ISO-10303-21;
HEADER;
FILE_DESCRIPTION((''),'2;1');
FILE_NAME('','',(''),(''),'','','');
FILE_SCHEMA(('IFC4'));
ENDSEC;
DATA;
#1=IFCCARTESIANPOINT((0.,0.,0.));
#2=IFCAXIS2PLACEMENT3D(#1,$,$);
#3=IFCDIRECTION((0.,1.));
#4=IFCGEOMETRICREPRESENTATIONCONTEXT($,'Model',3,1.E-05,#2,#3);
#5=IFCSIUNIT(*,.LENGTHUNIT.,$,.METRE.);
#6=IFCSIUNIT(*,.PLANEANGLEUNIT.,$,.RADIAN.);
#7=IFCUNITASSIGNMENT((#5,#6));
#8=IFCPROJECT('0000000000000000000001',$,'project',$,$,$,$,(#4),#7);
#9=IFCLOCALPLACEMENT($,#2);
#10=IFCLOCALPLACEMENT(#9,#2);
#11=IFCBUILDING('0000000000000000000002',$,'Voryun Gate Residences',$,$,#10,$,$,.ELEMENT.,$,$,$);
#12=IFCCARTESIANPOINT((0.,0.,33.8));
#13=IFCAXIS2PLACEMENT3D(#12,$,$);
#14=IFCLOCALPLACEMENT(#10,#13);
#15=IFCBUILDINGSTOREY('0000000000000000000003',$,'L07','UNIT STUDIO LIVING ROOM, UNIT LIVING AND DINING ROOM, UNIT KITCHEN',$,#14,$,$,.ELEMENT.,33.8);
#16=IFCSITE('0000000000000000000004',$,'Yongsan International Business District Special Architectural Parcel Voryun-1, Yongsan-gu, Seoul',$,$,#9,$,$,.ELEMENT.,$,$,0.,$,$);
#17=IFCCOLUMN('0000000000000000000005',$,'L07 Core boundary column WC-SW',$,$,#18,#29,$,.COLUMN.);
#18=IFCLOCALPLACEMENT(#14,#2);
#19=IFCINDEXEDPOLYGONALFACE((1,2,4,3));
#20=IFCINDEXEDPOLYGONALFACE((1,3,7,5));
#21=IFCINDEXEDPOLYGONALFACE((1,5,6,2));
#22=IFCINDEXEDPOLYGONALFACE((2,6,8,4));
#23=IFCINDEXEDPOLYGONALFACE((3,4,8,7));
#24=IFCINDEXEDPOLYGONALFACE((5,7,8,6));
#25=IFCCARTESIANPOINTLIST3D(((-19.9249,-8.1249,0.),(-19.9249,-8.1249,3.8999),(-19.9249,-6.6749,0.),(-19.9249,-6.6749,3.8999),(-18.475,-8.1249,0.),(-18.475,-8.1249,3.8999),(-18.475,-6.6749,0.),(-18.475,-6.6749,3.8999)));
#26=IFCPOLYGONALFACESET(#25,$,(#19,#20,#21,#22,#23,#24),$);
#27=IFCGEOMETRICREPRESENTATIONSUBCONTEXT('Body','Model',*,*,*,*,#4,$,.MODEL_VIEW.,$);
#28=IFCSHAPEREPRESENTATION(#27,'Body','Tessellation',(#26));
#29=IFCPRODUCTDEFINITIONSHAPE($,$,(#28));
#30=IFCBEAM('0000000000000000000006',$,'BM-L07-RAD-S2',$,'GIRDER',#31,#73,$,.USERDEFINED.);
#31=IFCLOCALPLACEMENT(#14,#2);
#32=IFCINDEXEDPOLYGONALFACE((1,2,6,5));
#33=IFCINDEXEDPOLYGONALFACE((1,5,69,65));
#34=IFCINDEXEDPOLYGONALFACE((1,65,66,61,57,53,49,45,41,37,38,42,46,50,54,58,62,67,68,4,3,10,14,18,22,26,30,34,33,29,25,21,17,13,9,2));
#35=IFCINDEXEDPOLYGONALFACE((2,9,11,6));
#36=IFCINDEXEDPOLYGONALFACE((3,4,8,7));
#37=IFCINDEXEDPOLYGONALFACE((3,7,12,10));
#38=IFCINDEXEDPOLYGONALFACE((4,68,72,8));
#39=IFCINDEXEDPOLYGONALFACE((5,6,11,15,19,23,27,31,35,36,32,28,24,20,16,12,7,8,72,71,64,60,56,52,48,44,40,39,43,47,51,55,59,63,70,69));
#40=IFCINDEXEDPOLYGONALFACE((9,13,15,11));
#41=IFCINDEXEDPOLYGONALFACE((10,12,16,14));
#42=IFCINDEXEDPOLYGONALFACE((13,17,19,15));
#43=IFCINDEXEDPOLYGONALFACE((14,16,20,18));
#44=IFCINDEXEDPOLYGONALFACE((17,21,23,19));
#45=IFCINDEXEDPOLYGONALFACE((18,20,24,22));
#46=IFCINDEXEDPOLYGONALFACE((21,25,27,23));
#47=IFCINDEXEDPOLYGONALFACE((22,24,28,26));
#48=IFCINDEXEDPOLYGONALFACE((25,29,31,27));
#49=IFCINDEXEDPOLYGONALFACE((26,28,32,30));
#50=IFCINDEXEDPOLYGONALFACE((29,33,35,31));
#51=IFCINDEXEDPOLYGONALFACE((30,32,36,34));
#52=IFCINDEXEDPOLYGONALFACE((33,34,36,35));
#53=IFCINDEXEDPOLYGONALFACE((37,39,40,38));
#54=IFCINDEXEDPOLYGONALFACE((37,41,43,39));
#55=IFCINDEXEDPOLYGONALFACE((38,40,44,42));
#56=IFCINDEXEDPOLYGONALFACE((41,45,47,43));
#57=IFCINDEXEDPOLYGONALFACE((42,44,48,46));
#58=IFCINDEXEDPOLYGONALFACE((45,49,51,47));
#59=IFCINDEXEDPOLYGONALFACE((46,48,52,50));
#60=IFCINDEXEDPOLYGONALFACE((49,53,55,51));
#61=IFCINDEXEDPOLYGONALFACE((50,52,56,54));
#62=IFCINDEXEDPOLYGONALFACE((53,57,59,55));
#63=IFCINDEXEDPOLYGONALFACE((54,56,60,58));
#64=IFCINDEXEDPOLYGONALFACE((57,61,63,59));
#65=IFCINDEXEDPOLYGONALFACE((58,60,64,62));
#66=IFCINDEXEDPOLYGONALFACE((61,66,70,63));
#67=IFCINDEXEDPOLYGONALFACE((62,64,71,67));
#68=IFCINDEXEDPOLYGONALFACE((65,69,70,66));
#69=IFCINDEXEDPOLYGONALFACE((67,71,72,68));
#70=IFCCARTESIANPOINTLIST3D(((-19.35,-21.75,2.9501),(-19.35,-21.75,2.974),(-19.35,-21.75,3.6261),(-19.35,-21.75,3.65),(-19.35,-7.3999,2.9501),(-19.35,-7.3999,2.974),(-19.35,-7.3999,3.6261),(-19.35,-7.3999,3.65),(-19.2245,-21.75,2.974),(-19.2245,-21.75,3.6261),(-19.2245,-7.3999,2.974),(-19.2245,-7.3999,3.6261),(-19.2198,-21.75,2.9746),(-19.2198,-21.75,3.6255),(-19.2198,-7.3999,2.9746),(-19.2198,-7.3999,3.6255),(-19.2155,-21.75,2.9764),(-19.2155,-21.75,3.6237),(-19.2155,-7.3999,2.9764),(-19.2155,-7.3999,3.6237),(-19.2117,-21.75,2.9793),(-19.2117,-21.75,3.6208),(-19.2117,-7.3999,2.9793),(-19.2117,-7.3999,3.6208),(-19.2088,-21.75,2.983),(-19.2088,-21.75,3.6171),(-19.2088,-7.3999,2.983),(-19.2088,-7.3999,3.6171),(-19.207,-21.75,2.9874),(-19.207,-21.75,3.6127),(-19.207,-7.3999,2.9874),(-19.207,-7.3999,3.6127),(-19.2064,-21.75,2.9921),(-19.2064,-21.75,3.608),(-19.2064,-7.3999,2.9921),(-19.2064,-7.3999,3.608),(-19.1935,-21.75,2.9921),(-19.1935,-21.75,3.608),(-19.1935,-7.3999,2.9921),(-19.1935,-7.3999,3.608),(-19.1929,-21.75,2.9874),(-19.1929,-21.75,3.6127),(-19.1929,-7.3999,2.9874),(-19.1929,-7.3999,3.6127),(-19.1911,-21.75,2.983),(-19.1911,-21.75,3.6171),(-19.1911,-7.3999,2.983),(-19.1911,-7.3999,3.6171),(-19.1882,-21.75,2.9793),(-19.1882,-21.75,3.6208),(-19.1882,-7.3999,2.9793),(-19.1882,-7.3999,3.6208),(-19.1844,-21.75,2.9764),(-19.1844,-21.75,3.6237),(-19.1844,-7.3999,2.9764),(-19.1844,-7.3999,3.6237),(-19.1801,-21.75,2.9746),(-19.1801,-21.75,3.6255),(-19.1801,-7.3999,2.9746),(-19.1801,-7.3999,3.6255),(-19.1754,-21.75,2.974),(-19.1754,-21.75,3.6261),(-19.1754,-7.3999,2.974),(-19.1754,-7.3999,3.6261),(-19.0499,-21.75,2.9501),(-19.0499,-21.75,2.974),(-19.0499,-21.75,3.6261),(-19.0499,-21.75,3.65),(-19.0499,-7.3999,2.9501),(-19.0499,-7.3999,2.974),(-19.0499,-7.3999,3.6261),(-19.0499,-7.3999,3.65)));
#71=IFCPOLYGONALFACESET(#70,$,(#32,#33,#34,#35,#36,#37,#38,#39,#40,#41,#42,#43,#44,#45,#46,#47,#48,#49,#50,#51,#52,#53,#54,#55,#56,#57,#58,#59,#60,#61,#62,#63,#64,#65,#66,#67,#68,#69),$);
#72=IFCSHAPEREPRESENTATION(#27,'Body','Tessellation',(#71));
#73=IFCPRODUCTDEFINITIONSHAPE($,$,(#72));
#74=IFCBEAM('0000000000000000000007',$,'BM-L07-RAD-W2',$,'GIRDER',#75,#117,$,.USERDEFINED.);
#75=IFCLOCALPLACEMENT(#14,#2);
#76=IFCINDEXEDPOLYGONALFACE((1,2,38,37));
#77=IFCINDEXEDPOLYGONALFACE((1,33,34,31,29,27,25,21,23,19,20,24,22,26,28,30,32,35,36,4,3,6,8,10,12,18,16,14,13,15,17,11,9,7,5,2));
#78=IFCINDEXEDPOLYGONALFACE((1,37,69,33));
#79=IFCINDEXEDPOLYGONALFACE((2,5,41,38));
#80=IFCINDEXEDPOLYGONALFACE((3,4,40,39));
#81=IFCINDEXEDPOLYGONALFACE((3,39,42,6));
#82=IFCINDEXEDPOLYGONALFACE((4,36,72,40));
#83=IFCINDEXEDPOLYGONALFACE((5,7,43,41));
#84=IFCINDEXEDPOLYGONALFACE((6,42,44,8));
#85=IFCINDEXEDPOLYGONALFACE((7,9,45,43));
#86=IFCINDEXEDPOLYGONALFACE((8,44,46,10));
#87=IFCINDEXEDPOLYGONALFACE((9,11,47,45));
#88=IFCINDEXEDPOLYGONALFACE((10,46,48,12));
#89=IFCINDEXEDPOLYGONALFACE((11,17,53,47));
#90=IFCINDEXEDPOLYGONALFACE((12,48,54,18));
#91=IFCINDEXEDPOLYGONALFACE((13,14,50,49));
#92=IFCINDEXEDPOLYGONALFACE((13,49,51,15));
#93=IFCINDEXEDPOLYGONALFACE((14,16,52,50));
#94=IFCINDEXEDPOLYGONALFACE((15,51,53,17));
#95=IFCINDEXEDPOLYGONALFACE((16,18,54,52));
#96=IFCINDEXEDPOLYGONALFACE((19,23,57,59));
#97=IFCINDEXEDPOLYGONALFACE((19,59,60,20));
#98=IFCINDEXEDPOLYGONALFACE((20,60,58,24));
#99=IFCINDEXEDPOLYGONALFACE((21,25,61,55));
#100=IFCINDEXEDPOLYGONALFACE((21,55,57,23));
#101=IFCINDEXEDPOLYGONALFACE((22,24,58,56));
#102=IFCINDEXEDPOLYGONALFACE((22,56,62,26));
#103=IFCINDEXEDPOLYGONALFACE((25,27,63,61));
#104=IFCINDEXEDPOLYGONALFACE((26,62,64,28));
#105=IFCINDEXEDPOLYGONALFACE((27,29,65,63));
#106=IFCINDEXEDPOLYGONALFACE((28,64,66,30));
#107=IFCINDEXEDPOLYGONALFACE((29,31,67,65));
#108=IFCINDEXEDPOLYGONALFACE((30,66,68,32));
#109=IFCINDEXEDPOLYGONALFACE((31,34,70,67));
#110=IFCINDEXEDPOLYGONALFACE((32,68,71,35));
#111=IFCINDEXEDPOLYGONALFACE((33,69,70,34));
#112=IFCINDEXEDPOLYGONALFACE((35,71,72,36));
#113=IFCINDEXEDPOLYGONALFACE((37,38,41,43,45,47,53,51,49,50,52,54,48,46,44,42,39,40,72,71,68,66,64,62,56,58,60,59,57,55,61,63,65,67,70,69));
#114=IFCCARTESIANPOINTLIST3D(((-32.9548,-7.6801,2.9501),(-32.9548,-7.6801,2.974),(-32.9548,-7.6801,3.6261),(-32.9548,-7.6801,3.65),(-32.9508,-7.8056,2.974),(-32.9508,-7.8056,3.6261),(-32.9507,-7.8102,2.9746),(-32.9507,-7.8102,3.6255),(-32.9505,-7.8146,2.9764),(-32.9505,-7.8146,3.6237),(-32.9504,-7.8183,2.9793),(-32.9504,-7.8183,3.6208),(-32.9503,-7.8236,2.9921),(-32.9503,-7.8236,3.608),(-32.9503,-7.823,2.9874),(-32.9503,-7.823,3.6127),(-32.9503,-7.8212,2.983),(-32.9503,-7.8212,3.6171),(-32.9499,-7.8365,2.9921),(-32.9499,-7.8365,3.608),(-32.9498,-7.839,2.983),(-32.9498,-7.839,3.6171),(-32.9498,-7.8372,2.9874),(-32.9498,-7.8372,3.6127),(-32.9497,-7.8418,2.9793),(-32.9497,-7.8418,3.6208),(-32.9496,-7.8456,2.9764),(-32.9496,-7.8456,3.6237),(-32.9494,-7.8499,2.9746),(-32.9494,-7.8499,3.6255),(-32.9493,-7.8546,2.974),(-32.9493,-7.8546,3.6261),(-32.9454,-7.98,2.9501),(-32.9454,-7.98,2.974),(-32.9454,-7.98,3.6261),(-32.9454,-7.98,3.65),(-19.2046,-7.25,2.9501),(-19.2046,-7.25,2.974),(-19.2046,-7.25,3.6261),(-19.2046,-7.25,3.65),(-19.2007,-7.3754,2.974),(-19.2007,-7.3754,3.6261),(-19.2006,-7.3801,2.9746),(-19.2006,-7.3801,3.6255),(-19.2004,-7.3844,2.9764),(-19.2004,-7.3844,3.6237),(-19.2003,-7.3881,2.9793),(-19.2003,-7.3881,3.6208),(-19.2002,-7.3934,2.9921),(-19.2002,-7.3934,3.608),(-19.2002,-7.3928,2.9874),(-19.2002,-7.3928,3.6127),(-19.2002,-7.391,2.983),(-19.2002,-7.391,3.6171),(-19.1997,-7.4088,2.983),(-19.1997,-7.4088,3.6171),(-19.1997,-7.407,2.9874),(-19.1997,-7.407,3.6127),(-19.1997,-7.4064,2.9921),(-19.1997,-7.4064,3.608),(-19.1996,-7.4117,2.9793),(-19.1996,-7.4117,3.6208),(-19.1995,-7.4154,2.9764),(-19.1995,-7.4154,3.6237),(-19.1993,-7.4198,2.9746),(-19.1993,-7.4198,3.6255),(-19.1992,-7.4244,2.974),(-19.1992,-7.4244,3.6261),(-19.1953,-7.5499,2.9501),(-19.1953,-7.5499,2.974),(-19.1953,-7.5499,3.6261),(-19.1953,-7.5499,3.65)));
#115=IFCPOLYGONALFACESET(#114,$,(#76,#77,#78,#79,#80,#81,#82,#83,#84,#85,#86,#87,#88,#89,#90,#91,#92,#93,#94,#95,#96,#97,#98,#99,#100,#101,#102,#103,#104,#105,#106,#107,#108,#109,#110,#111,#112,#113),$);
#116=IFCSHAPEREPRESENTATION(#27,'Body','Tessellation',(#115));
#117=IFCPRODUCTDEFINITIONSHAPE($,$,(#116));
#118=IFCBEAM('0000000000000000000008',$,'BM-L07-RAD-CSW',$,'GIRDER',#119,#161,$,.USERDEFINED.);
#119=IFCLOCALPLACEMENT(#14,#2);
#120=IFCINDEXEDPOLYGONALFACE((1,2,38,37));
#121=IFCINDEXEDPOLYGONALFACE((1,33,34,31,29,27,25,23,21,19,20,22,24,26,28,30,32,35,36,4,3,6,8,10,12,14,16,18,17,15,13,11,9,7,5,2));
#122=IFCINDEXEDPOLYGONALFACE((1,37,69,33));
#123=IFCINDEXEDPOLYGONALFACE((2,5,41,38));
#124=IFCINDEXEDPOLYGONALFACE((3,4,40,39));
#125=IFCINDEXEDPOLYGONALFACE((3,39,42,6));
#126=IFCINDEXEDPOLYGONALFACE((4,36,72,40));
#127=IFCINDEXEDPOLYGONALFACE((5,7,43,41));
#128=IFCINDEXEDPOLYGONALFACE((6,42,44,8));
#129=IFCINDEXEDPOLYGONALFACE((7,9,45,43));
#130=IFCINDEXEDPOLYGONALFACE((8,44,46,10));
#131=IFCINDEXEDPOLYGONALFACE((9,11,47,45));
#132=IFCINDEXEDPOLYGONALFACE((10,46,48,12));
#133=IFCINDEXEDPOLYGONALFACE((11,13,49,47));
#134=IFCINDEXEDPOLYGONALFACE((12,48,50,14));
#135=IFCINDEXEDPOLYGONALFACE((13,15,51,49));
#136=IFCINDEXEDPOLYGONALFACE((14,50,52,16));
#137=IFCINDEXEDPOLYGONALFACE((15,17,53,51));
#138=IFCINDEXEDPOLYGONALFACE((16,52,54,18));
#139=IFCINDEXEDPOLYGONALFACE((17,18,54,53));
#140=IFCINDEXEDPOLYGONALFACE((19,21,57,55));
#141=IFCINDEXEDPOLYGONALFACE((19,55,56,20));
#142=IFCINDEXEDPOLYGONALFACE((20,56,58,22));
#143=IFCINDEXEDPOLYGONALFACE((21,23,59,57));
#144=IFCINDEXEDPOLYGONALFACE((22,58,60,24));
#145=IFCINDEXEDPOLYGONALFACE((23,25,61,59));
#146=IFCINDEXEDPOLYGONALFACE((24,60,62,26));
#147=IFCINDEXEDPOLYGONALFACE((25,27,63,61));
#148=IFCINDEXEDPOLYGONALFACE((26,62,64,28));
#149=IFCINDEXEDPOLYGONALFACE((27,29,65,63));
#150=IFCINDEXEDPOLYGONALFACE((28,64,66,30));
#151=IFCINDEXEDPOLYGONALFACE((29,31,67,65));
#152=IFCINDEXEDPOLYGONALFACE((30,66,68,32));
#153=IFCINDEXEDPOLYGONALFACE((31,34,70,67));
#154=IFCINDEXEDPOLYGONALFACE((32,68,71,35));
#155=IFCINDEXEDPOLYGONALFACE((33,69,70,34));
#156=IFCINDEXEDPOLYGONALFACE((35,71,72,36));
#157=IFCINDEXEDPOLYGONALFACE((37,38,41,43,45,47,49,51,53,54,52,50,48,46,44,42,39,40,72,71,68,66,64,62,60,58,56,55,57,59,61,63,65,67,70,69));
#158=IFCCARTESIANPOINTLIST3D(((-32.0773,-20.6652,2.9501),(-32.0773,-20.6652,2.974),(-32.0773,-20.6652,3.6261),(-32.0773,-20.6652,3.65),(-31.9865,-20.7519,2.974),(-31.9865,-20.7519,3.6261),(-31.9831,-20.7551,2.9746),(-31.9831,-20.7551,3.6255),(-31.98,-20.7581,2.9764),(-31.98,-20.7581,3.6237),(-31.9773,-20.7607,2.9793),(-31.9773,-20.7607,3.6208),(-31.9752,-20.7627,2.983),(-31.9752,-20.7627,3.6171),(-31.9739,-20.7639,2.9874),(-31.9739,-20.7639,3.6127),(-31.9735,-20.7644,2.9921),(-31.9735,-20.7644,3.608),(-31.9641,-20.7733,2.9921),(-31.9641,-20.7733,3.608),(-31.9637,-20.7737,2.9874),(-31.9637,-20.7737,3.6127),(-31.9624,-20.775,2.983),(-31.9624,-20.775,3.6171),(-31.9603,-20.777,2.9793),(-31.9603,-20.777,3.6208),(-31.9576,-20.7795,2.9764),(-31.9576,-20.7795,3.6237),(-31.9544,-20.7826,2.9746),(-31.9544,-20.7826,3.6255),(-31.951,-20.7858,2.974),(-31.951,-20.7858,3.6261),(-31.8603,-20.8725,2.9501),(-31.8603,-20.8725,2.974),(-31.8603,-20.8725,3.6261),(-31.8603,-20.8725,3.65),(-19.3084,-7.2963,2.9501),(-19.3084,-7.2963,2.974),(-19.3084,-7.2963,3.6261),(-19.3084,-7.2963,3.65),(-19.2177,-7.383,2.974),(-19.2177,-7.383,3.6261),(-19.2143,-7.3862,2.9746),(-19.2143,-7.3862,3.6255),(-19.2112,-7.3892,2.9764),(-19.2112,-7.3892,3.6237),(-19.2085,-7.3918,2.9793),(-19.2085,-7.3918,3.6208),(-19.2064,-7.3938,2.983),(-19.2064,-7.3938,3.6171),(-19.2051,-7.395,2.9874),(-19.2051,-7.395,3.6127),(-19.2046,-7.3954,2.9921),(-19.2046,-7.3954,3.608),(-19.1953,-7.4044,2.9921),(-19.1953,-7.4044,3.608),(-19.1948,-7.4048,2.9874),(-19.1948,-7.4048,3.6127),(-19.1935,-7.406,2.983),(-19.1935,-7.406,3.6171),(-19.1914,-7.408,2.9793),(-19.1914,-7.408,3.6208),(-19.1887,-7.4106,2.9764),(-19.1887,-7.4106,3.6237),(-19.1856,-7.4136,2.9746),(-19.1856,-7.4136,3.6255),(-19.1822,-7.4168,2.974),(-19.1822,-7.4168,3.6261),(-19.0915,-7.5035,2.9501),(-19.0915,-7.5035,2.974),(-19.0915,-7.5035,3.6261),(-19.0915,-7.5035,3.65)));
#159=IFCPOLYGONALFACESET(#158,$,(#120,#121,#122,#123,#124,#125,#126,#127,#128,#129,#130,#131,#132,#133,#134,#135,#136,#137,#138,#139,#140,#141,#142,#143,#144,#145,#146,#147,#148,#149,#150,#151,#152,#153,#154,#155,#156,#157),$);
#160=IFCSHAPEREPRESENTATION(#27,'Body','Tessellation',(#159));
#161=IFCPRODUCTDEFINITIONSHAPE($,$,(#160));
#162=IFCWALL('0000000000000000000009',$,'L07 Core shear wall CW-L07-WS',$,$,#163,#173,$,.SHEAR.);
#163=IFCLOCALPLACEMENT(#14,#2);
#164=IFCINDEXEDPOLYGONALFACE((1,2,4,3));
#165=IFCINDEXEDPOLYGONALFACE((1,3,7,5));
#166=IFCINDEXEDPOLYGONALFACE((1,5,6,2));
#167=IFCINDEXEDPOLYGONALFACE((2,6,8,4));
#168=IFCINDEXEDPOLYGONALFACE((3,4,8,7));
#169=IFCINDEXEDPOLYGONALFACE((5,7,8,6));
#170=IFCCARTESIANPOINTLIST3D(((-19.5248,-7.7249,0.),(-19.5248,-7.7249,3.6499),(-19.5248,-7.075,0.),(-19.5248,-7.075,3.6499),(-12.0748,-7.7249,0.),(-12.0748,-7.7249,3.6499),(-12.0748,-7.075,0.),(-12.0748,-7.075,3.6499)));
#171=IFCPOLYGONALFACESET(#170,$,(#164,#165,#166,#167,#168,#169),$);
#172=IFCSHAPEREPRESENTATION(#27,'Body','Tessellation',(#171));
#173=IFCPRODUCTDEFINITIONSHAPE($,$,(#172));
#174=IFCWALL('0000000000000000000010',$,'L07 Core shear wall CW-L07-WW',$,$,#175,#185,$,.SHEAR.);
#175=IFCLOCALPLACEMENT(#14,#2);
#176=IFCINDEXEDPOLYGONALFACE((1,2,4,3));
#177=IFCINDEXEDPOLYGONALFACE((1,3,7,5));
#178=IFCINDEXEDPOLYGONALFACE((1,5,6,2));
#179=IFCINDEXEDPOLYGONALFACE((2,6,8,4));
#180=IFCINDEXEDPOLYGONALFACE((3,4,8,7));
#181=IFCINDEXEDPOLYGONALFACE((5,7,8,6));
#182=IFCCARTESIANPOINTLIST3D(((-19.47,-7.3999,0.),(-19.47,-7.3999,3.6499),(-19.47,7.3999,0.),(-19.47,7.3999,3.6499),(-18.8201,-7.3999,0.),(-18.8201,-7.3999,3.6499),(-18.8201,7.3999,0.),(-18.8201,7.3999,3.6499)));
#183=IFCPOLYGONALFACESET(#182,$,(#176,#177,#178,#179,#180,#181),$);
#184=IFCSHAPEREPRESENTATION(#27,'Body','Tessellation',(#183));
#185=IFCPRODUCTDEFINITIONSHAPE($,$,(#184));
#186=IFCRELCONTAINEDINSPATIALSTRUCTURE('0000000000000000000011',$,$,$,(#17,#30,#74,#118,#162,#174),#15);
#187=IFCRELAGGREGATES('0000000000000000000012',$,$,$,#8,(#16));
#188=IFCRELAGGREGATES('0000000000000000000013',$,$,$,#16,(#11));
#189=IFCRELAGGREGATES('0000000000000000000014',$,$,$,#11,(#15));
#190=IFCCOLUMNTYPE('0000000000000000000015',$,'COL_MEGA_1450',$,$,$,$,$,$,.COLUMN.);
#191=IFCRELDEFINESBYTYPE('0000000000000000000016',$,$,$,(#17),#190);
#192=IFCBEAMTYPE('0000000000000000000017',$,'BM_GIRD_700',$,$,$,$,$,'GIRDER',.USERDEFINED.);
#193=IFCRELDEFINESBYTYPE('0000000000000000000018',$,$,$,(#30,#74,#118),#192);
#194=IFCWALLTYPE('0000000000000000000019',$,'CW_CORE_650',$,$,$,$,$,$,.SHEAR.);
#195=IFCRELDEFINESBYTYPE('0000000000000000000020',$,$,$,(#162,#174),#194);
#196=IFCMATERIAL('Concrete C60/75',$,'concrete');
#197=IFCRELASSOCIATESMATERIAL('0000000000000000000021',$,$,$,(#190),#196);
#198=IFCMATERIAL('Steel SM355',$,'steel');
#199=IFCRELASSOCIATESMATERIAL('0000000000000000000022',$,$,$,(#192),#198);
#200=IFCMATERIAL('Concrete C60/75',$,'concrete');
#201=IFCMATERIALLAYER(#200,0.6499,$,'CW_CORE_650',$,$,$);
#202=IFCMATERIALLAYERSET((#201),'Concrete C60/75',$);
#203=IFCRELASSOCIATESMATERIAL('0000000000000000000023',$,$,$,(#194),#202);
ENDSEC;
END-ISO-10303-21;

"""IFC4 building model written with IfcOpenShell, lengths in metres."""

from ifc_helpers import new_model, si_unit, direction, frame, frame_2d, origin, origin_2d, place, context, subcontext, project, spatial, rectangle, i_section, extrude, material, layer, layer_set, material_profile, profile_set, type_object, element, save


model = new_model("IFC4")

# Units and contexts
model_context = context("Model", 3, precision=1e-05, world=origin(), true_north=direction((0.0, 1.0)))
body_context = subcontext(model_context, "Body", "Model", "MODEL_VIEW")
ifc_project = project(units=[si_unit("LENGTHUNIT", "METRE"), si_unit("PLANEANGLEUNIT", "RADIAN")], contexts=[model_context])

# Site, building, storey
site_placement = place(None, origin())
site = spatial("IfcSite", under=ifc_project, at=site_placement, Name="Yongsan International Business District Special Architectural Parcel Voryun-1, Yongsan-gu, Seoul", CompositionType="ELEMENT", RefElevation=0.0)
building_placement = place(site_placement, origin())
building = spatial("IfcBuilding", under=site, at=building_placement, Name="Voryun Gate Residences", CompositionType="ELEMENT")
storey_placement = place(building_placement, frame((0.0, 0.0, 33.8)))
storey = spatial("IfcBuildingStorey", under=building, at=storey_placement, Name="L07", Description="UNIT STUDIO LIVING ROOM, UNIT LIVING AND DINING ROOM, UNIT KITCHEN", CompositionType="ELEMENT", Elevation=33.8)

# Column
ifc_material_1 = material(Name="Concrete C60/75", Category="concrete")
ifc_material_profile_1 = material_profile(ifc_material_1, rectangle(XDim=1.45, YDim=1.45, at=origin_2d()), Name="RC-1450x1450")
ifc_profile_set_1 = profile_set([ifc_material_profile_1], Name="Concrete C60/75")
column_type = type_object("IfcColumnType", Name="COL_MEGA_1450", PredefinedType="COLUMN", material=ifc_profile_set_1)
column_placement = place(storey_placement, frame((-19.2, -7.3999, 0.0), z_axis=(0.0, 0.0, 1.0), x_axis=(1.0, 0.0, 0.0)))
element("IfcColumn", 1, at=column_placement, inside=storey, type_object=column_type, Name="L07 Core boundary column WC-SW", PredefinedType="COLUMN", context=body_context, shape_type="SweptSolid", body=[
    extrude(rectangle(XDim=1.45, YDim=1.45, at=origin_2d()), origin(), (0.0, 0.0, 1.0), 3.8999),
])

# Beams
ifc_material_2 = material(Name="Steel SM355", Category="steel")
ifc_material_profile_2 = material_profile(ifc_material_2, i_section(OverallWidth=0.3, OverallDepth=0.7, WebThickness=0.0129, FlangeThickness=0.0239, FilletRadius=0.0181, at=origin_2d()), Name="H-700x300x13x24")
ifc_profile_set_2 = profile_set([ifc_material_profile_2], Name="Steel SM355")
beam_type = type_object("IfcBeamType", Name="BM_GIRD_700", ElementType="GIRDER", PredefinedType="USERDEFINED", material=ifc_profile_set_2)
beam_1_placement = place(storey_placement, frame((-19.2, -7.3999, 3.3), z_axis=(0.0, -1.0, 0.0), x_axis=(1.0, 0.0, 0.0)))
element("IfcBeam", 2, at=beam_1_placement, inside=storey, type_object=beam_type, Name="BM-L07-RAD-S2", ObjectType="GIRDER", PredefinedType="USERDEFINED", context=body_context, shape_type="SweptSolid", body=[
    extrude(i_section(OverallWidth=0.3, OverallDepth=0.7, WebThickness=0.0129, FlangeThickness=0.0239, FilletRadius=0.0181, at=origin_2d()), origin(), (0.0, 0.0, 1.0), 14.3501),
])
beam_2_placement = place(storey_placement, frame((-19.2, -7.3999, 3.3), z_axis=(-0.999511, -0.03127, 0.0), x_axis=(0.03127, -0.999511, 0.0)))
element("IfcBeam", 3, at=beam_2_placement, inside=storey, type_object=beam_type, Name="BM-L07-RAD-W2", ObjectType="GIRDER", PredefinedType="USERDEFINED", context=body_context, shape_type="SweptSolid", body=[
    extrude(i_section(OverallWidth=0.3, OverallDepth=0.7, WebThickness=0.0129, FlangeThickness=0.0239, FilletRadius=0.0181, at=origin_2d()), origin(), (0.0, 0.0, 1.0), 13.7568),
])
beam_3_placement = place(storey_placement, frame((-19.2, -7.3999, 3.3), z_axis=(-0.69069, -0.723151, 0.0), x_axis=(0.723151, -0.69069, 0.0)))
element("IfcBeam", 4, at=beam_3_placement, inside=storey, type_object=beam_type, Name="BM-L07-RAD-CSW", ObjectType="GIRDER", PredefinedType="USERDEFINED", context=body_context, shape_type="SweptSolid", body=[
    extrude(i_section(OverallWidth=0.3, OverallDepth=0.7, WebThickness=0.0129, FlangeThickness=0.0239, FilletRadius=0.0181, at=origin_2d()), origin(), (0.0, 0.0, 1.0), 18.4871),
])

# Walls
ifc_material_3 = material(Name="Concrete C60/75", Category="concrete")
ifc_layer_1 = layer(ifc_material_3, 0.6499, Name="CW_CORE_650")
ifc_layer_set_1 = layer_set([ifc_layer_1], Name="Concrete C60/75")
wall_type_1 = type_object("IfcWallType", Name="CW_CORE_650", PredefinedType="SHEAR", material=ifc_layer_set_1)
wall_1_placement = place(storey_placement, frame((-19.5249, -7.3999, 0.0), z_axis=(0.0, 0.0, 1.0), x_axis=(1.0, 0.0, 0.0)))
element("IfcWall", 5, at=wall_1_placement, inside=storey, type_object=wall_type_1, Name="L07 Core shear wall CW-L07-WS", PredefinedType="SHEAR", context=body_context, shape_type="SweptSolid", body=[
    extrude(rectangle(XDim=7.45, YDim=0.6499, at=frame_2d((3.7251, 0.0))), origin(), (0.0, 0.0, 1.0), 3.6499),
])
wall_2_placement = place(storey_placement, frame((-19.145, -7.3999, 0.0), z_axis=(0.0, 0.0, 1.0), x_axis=(0.0, 1.0, 0.0)))
element("IfcWall", 6, at=wall_2_placement, inside=storey, type_object=wall_type_1, Name="L07 Core shear wall CW-L07-WW", PredefinedType="SHEAR", context=body_context, shape_type="SweptSolid", body=[
    extrude(rectangle(XDim=14.7998, YDim=0.6499, at=frame_2d((7.3999, 0.0))), origin(), (0.0, 0.0, 1.0), 3.6499),
])

save(model, "model.ifc")
